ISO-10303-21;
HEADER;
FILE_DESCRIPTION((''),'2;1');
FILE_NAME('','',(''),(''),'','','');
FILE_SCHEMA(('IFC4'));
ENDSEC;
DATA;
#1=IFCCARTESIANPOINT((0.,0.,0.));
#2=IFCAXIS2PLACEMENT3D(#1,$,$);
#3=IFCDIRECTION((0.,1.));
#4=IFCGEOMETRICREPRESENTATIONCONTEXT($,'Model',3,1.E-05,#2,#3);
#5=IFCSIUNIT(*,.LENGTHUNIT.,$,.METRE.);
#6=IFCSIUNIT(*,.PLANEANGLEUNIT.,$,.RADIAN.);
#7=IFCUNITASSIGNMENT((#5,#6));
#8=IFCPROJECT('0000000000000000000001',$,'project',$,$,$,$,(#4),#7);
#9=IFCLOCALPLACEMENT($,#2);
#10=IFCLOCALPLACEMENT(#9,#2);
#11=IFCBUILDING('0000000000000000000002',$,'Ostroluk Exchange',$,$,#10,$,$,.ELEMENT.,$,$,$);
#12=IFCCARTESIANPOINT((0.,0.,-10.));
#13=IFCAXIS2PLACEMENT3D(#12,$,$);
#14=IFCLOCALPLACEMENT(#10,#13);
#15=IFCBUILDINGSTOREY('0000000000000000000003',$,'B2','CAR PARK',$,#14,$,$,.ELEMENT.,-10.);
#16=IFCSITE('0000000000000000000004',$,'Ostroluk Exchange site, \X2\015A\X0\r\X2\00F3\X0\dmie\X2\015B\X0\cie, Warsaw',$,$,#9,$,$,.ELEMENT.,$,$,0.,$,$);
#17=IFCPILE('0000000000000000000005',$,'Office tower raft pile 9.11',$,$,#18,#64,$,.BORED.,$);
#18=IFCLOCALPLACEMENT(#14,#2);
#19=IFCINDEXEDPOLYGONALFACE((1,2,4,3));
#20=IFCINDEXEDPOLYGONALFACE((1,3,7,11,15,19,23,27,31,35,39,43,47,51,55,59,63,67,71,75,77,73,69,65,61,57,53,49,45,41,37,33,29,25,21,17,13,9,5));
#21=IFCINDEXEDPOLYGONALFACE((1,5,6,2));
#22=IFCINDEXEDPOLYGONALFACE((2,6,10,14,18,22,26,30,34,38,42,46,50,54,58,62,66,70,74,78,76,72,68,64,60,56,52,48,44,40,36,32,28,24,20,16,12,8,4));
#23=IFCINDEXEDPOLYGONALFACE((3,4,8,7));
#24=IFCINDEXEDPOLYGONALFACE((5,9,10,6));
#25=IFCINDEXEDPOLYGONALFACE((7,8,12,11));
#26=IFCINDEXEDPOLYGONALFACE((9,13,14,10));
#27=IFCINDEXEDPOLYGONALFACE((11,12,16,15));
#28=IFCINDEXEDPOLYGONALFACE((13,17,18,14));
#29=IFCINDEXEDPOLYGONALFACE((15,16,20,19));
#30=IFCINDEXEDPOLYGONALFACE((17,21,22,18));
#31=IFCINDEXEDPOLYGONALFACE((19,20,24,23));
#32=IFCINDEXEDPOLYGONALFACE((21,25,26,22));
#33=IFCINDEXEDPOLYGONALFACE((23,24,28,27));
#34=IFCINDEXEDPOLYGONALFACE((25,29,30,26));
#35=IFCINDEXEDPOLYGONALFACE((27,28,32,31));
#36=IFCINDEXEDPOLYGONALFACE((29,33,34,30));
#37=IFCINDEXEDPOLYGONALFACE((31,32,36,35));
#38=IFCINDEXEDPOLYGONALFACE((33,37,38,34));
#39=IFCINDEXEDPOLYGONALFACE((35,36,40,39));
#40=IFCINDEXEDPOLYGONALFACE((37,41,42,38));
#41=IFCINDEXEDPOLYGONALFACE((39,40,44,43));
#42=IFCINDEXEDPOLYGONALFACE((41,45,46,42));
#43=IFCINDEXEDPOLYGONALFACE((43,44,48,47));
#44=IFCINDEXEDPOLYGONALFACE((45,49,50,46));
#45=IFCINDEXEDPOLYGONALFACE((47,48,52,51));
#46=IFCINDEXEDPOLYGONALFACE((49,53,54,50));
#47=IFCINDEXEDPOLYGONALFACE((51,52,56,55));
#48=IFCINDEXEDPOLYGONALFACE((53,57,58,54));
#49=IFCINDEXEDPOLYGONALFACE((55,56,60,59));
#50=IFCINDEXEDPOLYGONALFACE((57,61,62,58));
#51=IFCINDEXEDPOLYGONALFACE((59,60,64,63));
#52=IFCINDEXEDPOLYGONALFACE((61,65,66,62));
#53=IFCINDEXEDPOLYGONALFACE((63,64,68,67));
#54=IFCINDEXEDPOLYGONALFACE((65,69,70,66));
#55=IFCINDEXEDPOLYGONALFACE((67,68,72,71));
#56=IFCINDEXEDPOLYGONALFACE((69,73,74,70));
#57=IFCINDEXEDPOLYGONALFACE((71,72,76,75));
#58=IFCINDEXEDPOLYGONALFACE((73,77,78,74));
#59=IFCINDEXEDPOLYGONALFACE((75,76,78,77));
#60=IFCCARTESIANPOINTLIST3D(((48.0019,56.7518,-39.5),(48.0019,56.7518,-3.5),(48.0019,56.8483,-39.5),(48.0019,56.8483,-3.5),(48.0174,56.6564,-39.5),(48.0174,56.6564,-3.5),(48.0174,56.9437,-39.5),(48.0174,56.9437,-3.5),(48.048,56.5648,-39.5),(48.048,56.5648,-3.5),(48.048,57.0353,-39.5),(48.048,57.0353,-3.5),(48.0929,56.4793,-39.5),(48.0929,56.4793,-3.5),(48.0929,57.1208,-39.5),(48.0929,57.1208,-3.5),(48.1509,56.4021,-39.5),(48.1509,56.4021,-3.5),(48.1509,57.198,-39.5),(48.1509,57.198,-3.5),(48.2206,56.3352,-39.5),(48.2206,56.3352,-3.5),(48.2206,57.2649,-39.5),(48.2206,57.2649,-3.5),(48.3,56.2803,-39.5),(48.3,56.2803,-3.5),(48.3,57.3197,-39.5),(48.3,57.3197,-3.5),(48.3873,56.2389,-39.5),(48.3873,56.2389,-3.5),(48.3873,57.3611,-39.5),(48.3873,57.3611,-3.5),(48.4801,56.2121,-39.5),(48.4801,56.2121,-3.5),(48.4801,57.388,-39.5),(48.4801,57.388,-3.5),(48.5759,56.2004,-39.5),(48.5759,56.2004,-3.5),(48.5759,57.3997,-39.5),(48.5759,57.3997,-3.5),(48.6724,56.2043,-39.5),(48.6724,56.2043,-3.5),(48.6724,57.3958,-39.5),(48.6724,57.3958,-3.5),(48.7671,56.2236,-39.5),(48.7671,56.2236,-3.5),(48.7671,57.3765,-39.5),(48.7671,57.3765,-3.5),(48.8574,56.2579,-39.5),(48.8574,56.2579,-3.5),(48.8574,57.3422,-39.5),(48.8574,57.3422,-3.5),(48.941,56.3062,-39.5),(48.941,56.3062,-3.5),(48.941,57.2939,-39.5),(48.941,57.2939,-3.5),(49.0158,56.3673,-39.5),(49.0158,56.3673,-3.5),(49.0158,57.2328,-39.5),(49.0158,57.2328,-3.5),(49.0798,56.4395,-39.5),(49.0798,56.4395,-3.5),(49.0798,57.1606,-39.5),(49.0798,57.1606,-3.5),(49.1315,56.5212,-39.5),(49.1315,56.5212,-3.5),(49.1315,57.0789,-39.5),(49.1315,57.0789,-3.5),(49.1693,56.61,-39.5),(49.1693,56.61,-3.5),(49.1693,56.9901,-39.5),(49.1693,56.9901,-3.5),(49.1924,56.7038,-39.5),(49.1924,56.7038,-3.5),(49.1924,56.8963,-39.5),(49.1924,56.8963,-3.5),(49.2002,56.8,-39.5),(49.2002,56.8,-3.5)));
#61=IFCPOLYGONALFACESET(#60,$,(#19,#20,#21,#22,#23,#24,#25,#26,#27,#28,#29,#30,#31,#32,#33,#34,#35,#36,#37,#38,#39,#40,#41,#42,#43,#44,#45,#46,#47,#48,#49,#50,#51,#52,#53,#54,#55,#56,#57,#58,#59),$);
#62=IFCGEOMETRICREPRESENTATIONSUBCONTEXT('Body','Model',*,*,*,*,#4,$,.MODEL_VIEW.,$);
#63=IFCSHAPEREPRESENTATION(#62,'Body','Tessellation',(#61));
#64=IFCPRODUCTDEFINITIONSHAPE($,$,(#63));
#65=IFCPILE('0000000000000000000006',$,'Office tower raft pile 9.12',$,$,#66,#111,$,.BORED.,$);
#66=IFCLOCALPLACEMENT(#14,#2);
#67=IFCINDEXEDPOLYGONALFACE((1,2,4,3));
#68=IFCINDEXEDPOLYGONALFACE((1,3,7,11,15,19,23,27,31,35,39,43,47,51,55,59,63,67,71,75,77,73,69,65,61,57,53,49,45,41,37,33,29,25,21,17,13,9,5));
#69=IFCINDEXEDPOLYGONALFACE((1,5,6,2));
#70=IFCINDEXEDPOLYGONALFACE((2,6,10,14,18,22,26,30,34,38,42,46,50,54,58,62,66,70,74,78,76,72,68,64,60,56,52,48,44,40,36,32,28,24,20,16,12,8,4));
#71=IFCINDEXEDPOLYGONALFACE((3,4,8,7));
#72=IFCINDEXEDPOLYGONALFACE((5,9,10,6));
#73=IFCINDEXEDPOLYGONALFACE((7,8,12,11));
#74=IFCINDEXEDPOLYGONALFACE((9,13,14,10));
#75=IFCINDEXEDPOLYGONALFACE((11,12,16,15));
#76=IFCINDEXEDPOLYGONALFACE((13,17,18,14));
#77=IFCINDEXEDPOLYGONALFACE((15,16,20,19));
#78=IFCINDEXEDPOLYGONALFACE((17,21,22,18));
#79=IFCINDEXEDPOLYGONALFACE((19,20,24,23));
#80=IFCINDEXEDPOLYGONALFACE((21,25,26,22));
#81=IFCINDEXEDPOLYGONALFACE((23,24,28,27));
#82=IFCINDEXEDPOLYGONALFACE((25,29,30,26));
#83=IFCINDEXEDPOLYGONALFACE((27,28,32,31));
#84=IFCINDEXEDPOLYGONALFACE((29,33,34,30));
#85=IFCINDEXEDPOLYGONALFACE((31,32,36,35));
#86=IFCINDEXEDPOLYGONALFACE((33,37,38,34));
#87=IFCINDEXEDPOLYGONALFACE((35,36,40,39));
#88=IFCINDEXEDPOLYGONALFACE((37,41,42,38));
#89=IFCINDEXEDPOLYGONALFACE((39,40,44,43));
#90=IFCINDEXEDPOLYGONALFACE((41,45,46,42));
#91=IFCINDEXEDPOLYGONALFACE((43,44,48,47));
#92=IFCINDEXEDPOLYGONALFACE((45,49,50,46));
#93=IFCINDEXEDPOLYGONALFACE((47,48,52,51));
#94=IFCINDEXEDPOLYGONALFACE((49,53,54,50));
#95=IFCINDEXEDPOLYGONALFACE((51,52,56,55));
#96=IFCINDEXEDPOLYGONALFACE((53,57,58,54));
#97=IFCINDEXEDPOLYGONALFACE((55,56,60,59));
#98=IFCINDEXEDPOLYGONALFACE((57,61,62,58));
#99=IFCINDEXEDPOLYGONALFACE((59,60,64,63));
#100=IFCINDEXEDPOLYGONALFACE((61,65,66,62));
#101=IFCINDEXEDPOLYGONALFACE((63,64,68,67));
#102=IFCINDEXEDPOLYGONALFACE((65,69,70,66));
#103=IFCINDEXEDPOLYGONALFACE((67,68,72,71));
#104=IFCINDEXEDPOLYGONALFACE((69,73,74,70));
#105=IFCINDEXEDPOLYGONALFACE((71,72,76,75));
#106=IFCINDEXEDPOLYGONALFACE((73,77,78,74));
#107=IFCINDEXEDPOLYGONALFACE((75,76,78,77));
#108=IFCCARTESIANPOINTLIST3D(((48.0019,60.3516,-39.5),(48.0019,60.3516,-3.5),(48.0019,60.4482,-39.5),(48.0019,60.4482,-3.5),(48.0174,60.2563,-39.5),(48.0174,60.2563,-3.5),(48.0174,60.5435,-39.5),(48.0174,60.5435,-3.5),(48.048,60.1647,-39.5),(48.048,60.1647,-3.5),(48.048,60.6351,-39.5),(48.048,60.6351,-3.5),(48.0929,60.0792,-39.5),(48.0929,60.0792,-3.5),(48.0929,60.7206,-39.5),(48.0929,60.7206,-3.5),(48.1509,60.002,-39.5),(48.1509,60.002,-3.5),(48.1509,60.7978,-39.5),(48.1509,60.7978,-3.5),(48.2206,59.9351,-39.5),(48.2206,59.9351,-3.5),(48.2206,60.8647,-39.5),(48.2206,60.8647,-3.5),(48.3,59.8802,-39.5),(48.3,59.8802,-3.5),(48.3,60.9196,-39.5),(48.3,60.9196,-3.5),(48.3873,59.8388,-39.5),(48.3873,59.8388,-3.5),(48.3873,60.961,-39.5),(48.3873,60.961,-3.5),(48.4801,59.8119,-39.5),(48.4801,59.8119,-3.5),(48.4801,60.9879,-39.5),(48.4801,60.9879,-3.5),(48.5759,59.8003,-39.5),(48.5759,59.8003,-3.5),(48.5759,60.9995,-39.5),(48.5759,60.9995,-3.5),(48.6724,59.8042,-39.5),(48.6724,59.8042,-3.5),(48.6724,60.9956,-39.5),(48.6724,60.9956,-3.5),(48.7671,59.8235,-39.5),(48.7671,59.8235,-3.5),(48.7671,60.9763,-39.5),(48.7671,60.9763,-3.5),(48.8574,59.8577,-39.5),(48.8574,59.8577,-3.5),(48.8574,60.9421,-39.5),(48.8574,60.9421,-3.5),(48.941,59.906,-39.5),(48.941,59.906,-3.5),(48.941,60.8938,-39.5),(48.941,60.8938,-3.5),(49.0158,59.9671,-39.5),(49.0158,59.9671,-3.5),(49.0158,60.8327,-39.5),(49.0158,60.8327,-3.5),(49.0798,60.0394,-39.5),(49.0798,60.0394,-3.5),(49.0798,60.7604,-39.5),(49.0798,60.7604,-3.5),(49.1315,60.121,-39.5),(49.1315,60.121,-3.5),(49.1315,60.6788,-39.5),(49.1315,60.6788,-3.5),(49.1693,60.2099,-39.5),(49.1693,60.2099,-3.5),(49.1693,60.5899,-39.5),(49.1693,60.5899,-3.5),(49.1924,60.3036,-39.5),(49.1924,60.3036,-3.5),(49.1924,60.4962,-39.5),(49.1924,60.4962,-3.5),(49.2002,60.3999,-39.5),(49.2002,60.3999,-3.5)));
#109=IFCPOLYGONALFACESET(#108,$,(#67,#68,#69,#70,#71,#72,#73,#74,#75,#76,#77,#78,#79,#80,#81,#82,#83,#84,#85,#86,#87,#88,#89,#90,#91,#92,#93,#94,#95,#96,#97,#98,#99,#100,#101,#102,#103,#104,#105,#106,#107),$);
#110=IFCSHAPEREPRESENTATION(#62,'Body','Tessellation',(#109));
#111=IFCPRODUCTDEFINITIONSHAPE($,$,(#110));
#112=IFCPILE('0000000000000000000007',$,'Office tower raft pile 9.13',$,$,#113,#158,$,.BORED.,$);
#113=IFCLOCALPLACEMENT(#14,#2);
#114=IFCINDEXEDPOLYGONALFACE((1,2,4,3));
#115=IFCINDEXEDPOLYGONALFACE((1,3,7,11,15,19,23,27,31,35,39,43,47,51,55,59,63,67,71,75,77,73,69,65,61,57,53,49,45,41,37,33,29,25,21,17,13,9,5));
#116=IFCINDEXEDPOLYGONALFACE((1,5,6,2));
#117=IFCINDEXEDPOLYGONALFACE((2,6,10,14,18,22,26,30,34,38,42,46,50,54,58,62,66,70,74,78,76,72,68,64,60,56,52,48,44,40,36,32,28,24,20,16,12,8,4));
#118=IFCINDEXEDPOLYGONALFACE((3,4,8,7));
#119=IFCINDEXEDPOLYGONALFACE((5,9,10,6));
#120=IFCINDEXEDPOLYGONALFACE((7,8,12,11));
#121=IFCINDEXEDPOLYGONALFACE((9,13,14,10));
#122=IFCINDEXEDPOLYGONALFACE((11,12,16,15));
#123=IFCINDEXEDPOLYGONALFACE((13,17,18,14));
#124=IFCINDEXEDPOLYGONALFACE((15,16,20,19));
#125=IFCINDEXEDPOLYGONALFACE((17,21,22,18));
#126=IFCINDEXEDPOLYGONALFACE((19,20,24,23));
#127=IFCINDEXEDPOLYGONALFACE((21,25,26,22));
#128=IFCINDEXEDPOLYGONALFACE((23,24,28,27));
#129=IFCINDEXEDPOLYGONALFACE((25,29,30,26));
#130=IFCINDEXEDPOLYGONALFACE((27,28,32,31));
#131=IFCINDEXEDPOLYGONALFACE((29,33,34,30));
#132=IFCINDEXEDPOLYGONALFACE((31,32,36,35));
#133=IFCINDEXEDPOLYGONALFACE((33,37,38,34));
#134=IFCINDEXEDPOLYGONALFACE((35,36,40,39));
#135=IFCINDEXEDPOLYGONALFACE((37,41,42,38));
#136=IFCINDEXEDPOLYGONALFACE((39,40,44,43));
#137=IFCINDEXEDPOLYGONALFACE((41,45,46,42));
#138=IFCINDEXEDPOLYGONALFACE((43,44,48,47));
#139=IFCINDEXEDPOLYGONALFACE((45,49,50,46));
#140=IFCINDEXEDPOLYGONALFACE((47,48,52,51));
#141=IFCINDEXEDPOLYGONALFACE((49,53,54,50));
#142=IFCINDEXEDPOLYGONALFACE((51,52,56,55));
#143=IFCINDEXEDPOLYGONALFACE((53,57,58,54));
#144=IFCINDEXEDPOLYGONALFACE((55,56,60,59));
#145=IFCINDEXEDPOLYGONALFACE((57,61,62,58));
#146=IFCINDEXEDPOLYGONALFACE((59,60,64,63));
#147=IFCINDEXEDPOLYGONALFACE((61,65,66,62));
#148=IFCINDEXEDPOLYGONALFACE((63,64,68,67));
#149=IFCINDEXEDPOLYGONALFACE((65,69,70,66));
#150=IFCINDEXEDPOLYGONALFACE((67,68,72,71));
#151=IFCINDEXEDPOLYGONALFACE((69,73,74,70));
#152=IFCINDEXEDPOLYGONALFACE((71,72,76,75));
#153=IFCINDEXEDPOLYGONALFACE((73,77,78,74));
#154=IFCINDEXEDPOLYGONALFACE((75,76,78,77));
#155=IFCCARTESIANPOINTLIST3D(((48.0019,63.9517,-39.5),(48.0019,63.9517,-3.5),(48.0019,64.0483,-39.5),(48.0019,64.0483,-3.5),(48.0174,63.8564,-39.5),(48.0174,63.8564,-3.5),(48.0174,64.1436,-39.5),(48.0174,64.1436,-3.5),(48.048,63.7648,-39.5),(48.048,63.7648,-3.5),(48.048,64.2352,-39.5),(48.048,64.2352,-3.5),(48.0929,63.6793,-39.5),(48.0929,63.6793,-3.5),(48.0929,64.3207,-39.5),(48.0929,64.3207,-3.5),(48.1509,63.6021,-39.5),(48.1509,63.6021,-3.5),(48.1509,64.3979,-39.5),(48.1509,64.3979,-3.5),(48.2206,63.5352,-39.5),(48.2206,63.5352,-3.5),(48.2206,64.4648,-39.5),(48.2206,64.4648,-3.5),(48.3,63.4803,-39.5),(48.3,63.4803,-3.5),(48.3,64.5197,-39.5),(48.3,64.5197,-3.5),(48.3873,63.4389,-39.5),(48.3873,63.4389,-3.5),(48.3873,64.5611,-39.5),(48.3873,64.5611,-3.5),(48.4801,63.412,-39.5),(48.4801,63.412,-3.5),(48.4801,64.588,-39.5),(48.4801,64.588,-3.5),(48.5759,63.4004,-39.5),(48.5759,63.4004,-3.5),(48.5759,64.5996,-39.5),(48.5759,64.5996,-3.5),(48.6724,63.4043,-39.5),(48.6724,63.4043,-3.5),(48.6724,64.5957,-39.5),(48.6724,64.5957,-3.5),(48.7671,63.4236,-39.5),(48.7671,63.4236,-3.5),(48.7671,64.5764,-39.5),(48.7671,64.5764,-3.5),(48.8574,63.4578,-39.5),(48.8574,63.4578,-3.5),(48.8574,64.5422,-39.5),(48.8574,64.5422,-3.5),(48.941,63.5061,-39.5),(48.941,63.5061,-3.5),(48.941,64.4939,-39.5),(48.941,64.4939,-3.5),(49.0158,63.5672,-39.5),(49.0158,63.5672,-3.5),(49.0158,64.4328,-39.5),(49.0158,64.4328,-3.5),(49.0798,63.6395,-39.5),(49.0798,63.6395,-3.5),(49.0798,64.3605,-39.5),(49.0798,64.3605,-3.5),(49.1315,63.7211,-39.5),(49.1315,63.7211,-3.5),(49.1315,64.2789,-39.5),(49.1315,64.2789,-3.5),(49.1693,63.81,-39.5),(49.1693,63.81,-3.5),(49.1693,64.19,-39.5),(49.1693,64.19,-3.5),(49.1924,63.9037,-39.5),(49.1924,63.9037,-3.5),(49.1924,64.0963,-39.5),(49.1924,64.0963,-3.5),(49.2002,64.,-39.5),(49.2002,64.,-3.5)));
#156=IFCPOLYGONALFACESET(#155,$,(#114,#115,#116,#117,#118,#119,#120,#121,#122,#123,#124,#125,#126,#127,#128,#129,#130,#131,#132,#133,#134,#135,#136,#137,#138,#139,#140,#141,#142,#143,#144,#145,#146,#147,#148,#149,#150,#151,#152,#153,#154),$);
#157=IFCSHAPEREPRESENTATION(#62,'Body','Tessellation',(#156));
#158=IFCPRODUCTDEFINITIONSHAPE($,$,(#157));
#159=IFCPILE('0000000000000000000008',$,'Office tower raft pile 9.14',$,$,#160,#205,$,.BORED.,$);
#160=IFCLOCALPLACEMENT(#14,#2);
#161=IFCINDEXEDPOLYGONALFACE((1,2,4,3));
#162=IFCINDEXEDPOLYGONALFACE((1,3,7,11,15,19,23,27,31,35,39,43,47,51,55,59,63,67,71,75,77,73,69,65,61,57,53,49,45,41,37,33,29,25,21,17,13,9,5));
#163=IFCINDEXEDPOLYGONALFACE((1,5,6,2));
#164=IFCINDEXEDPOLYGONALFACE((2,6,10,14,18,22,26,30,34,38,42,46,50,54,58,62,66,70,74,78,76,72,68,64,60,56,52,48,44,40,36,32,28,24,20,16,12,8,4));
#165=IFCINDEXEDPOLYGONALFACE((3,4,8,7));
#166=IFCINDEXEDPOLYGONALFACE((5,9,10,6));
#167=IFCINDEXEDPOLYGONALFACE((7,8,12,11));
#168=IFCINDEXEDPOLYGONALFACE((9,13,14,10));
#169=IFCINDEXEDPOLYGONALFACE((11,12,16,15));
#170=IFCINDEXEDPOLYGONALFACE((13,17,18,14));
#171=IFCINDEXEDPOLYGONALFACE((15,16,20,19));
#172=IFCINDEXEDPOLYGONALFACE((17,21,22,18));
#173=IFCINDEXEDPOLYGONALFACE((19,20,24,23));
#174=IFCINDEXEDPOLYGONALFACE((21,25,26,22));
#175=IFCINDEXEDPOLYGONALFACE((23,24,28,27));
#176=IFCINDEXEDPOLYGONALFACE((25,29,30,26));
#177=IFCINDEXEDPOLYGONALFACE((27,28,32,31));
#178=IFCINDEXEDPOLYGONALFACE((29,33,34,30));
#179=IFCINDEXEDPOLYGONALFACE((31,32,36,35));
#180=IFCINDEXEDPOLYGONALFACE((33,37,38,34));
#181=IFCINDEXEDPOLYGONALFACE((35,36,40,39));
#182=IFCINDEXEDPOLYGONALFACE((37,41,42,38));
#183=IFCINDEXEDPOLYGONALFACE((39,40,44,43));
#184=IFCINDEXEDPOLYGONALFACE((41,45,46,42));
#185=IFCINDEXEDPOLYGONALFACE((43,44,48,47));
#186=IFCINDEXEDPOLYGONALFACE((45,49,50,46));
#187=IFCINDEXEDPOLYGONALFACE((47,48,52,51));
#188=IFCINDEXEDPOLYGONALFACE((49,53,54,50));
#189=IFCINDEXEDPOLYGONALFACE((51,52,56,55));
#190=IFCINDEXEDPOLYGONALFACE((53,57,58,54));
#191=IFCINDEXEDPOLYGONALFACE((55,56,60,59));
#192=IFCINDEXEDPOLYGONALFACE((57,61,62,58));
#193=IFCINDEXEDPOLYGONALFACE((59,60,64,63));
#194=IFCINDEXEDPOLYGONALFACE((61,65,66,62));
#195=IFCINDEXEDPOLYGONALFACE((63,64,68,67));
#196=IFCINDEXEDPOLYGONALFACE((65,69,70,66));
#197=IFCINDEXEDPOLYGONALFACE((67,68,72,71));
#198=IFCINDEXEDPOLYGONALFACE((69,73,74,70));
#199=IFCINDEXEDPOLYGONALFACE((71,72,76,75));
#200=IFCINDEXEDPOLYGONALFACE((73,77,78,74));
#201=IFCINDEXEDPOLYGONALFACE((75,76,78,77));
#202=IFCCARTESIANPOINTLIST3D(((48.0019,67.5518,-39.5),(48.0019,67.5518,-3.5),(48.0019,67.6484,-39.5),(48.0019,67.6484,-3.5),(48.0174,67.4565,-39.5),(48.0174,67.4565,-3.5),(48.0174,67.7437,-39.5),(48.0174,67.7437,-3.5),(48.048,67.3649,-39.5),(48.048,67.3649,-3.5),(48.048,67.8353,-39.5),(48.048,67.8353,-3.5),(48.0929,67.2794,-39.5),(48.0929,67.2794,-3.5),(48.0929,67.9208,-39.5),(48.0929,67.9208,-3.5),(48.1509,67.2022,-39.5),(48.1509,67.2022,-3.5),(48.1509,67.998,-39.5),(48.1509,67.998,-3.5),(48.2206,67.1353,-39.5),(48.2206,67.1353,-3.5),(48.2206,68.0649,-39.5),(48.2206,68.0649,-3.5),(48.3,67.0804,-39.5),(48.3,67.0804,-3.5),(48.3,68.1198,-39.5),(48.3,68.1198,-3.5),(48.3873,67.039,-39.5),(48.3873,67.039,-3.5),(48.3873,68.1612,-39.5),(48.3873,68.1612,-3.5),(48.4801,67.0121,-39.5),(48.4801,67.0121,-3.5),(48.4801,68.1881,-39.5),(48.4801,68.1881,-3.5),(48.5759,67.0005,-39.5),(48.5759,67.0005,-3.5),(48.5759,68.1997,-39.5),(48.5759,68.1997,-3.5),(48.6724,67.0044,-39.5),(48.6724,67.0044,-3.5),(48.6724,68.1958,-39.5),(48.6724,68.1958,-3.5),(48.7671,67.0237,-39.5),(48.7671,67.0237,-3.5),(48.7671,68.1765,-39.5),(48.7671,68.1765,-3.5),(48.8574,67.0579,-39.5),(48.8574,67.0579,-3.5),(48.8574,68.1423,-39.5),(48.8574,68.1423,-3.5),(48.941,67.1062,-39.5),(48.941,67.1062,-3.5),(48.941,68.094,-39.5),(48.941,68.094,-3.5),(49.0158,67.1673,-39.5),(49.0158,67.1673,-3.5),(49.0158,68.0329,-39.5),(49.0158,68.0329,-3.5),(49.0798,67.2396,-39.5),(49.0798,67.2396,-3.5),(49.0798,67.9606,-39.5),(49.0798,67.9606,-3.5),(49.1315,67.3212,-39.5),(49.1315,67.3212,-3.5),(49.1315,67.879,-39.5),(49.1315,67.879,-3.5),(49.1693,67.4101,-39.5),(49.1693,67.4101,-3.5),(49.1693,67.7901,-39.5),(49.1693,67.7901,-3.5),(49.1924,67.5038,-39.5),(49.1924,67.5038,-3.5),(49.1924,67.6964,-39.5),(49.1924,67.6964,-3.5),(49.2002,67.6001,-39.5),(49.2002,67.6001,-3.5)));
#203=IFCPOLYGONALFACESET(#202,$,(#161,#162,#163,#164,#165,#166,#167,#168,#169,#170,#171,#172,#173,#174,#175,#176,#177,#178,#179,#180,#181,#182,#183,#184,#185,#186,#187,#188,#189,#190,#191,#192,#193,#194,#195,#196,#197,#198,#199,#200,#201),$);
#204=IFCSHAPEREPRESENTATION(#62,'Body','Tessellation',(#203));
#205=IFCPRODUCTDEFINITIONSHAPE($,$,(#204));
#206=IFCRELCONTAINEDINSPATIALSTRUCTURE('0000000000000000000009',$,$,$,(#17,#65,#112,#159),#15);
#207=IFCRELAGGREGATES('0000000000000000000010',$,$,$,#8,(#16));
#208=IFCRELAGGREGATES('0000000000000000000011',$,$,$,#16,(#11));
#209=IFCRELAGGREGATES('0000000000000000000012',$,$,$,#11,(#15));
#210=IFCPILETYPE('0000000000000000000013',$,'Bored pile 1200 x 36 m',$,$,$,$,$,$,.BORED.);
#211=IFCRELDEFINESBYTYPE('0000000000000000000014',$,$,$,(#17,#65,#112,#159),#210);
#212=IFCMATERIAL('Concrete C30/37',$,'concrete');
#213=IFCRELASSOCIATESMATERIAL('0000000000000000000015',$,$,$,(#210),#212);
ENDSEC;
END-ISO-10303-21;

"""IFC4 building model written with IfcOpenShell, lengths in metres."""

from ifc_helpers import new_model, si_unit, direction, frame, origin, origin_2d, place, context, subcontext, project, spatial, circle, extrude, material, type_object, element, save


model = new_model("IFC4")

# Units and contexts
model_context = context("Model", 3, precision=1e-05, world=origin(), true_north=direction((0.0, 1.0)))
body_context = subcontext(model_context, "Body", "Model", "MODEL_VIEW")
ifc_project = project(units=[si_unit("LENGTHUNIT", "METRE"), si_unit("PLANEANGLEUNIT", "RADIAN")], contexts=[model_context])

# Site, building, storey
site_placement = place(None, origin())
site = spatial("IfcSite", under=ifc_project, at=site_placement, Name="Ostroluk Exchange site, Śródmieście, Warsaw", CompositionType="ELEMENT", RefElevation=0.0)
building_placement = place(site_placement, origin())
building = spatial("IfcBuilding", under=site, at=building_placement, Name="Ostroluk Exchange", CompositionType="ELEMENT")
storey_placement = place(building_placement, frame((0.0, 0.0, -10.0)))
storey = spatial("IfcBuildingStorey", under=building, at=storey_placement, Name="B2", Description="CAR PARK", CompositionType="ELEMENT", Elevation=-10.0)

# Piles
ifc_material_1 = material(Name="Concrete C30/37", Category="concrete")
pile_type = type_object("IfcPileType", Name="Bored pile 1200 x 36 m", PredefinedType="BORED", material=ifc_material_1)
for number, where, z_axis, x_axis, name in (
    (1, (48.6001, 56.8, -3.5), (0.0, 0.0, -1.0), (1.0, 0.0, 0.0), "Office tower raft pile 9.11"),
    (2, (48.6001, 60.3999, -3.5), (0.0, 0.0, -1.0), (1.0, 0.0, 0.0), "Office tower raft pile 9.12"),
    (3, (48.6001, 64.0, -3.5), (0.0, 0.0, -1.0), (1.0, 0.0, 0.0), "Office tower raft pile 9.13"),
    (4, (48.6001, 67.6001, -3.5), (0.0, 0.0, -1.0), (1.0, 0.0, 0.0), "Office tower raft pile 9.14"),
):
    element("IfcPile", number, at=place(storey_placement, frame(where, z_axis=z_axis, x_axis=x_axis)), inside=storey, type_object=pile_type, Name=name, PredefinedType="BORED", context=body_context, shape_type="SweptSolid", body=[
        extrude(circle(Radius=0.6001, at=origin_2d()), origin(), (0.0, 0.0, 1.0), 36.0),
    ])

save(model, "model.ifc")
